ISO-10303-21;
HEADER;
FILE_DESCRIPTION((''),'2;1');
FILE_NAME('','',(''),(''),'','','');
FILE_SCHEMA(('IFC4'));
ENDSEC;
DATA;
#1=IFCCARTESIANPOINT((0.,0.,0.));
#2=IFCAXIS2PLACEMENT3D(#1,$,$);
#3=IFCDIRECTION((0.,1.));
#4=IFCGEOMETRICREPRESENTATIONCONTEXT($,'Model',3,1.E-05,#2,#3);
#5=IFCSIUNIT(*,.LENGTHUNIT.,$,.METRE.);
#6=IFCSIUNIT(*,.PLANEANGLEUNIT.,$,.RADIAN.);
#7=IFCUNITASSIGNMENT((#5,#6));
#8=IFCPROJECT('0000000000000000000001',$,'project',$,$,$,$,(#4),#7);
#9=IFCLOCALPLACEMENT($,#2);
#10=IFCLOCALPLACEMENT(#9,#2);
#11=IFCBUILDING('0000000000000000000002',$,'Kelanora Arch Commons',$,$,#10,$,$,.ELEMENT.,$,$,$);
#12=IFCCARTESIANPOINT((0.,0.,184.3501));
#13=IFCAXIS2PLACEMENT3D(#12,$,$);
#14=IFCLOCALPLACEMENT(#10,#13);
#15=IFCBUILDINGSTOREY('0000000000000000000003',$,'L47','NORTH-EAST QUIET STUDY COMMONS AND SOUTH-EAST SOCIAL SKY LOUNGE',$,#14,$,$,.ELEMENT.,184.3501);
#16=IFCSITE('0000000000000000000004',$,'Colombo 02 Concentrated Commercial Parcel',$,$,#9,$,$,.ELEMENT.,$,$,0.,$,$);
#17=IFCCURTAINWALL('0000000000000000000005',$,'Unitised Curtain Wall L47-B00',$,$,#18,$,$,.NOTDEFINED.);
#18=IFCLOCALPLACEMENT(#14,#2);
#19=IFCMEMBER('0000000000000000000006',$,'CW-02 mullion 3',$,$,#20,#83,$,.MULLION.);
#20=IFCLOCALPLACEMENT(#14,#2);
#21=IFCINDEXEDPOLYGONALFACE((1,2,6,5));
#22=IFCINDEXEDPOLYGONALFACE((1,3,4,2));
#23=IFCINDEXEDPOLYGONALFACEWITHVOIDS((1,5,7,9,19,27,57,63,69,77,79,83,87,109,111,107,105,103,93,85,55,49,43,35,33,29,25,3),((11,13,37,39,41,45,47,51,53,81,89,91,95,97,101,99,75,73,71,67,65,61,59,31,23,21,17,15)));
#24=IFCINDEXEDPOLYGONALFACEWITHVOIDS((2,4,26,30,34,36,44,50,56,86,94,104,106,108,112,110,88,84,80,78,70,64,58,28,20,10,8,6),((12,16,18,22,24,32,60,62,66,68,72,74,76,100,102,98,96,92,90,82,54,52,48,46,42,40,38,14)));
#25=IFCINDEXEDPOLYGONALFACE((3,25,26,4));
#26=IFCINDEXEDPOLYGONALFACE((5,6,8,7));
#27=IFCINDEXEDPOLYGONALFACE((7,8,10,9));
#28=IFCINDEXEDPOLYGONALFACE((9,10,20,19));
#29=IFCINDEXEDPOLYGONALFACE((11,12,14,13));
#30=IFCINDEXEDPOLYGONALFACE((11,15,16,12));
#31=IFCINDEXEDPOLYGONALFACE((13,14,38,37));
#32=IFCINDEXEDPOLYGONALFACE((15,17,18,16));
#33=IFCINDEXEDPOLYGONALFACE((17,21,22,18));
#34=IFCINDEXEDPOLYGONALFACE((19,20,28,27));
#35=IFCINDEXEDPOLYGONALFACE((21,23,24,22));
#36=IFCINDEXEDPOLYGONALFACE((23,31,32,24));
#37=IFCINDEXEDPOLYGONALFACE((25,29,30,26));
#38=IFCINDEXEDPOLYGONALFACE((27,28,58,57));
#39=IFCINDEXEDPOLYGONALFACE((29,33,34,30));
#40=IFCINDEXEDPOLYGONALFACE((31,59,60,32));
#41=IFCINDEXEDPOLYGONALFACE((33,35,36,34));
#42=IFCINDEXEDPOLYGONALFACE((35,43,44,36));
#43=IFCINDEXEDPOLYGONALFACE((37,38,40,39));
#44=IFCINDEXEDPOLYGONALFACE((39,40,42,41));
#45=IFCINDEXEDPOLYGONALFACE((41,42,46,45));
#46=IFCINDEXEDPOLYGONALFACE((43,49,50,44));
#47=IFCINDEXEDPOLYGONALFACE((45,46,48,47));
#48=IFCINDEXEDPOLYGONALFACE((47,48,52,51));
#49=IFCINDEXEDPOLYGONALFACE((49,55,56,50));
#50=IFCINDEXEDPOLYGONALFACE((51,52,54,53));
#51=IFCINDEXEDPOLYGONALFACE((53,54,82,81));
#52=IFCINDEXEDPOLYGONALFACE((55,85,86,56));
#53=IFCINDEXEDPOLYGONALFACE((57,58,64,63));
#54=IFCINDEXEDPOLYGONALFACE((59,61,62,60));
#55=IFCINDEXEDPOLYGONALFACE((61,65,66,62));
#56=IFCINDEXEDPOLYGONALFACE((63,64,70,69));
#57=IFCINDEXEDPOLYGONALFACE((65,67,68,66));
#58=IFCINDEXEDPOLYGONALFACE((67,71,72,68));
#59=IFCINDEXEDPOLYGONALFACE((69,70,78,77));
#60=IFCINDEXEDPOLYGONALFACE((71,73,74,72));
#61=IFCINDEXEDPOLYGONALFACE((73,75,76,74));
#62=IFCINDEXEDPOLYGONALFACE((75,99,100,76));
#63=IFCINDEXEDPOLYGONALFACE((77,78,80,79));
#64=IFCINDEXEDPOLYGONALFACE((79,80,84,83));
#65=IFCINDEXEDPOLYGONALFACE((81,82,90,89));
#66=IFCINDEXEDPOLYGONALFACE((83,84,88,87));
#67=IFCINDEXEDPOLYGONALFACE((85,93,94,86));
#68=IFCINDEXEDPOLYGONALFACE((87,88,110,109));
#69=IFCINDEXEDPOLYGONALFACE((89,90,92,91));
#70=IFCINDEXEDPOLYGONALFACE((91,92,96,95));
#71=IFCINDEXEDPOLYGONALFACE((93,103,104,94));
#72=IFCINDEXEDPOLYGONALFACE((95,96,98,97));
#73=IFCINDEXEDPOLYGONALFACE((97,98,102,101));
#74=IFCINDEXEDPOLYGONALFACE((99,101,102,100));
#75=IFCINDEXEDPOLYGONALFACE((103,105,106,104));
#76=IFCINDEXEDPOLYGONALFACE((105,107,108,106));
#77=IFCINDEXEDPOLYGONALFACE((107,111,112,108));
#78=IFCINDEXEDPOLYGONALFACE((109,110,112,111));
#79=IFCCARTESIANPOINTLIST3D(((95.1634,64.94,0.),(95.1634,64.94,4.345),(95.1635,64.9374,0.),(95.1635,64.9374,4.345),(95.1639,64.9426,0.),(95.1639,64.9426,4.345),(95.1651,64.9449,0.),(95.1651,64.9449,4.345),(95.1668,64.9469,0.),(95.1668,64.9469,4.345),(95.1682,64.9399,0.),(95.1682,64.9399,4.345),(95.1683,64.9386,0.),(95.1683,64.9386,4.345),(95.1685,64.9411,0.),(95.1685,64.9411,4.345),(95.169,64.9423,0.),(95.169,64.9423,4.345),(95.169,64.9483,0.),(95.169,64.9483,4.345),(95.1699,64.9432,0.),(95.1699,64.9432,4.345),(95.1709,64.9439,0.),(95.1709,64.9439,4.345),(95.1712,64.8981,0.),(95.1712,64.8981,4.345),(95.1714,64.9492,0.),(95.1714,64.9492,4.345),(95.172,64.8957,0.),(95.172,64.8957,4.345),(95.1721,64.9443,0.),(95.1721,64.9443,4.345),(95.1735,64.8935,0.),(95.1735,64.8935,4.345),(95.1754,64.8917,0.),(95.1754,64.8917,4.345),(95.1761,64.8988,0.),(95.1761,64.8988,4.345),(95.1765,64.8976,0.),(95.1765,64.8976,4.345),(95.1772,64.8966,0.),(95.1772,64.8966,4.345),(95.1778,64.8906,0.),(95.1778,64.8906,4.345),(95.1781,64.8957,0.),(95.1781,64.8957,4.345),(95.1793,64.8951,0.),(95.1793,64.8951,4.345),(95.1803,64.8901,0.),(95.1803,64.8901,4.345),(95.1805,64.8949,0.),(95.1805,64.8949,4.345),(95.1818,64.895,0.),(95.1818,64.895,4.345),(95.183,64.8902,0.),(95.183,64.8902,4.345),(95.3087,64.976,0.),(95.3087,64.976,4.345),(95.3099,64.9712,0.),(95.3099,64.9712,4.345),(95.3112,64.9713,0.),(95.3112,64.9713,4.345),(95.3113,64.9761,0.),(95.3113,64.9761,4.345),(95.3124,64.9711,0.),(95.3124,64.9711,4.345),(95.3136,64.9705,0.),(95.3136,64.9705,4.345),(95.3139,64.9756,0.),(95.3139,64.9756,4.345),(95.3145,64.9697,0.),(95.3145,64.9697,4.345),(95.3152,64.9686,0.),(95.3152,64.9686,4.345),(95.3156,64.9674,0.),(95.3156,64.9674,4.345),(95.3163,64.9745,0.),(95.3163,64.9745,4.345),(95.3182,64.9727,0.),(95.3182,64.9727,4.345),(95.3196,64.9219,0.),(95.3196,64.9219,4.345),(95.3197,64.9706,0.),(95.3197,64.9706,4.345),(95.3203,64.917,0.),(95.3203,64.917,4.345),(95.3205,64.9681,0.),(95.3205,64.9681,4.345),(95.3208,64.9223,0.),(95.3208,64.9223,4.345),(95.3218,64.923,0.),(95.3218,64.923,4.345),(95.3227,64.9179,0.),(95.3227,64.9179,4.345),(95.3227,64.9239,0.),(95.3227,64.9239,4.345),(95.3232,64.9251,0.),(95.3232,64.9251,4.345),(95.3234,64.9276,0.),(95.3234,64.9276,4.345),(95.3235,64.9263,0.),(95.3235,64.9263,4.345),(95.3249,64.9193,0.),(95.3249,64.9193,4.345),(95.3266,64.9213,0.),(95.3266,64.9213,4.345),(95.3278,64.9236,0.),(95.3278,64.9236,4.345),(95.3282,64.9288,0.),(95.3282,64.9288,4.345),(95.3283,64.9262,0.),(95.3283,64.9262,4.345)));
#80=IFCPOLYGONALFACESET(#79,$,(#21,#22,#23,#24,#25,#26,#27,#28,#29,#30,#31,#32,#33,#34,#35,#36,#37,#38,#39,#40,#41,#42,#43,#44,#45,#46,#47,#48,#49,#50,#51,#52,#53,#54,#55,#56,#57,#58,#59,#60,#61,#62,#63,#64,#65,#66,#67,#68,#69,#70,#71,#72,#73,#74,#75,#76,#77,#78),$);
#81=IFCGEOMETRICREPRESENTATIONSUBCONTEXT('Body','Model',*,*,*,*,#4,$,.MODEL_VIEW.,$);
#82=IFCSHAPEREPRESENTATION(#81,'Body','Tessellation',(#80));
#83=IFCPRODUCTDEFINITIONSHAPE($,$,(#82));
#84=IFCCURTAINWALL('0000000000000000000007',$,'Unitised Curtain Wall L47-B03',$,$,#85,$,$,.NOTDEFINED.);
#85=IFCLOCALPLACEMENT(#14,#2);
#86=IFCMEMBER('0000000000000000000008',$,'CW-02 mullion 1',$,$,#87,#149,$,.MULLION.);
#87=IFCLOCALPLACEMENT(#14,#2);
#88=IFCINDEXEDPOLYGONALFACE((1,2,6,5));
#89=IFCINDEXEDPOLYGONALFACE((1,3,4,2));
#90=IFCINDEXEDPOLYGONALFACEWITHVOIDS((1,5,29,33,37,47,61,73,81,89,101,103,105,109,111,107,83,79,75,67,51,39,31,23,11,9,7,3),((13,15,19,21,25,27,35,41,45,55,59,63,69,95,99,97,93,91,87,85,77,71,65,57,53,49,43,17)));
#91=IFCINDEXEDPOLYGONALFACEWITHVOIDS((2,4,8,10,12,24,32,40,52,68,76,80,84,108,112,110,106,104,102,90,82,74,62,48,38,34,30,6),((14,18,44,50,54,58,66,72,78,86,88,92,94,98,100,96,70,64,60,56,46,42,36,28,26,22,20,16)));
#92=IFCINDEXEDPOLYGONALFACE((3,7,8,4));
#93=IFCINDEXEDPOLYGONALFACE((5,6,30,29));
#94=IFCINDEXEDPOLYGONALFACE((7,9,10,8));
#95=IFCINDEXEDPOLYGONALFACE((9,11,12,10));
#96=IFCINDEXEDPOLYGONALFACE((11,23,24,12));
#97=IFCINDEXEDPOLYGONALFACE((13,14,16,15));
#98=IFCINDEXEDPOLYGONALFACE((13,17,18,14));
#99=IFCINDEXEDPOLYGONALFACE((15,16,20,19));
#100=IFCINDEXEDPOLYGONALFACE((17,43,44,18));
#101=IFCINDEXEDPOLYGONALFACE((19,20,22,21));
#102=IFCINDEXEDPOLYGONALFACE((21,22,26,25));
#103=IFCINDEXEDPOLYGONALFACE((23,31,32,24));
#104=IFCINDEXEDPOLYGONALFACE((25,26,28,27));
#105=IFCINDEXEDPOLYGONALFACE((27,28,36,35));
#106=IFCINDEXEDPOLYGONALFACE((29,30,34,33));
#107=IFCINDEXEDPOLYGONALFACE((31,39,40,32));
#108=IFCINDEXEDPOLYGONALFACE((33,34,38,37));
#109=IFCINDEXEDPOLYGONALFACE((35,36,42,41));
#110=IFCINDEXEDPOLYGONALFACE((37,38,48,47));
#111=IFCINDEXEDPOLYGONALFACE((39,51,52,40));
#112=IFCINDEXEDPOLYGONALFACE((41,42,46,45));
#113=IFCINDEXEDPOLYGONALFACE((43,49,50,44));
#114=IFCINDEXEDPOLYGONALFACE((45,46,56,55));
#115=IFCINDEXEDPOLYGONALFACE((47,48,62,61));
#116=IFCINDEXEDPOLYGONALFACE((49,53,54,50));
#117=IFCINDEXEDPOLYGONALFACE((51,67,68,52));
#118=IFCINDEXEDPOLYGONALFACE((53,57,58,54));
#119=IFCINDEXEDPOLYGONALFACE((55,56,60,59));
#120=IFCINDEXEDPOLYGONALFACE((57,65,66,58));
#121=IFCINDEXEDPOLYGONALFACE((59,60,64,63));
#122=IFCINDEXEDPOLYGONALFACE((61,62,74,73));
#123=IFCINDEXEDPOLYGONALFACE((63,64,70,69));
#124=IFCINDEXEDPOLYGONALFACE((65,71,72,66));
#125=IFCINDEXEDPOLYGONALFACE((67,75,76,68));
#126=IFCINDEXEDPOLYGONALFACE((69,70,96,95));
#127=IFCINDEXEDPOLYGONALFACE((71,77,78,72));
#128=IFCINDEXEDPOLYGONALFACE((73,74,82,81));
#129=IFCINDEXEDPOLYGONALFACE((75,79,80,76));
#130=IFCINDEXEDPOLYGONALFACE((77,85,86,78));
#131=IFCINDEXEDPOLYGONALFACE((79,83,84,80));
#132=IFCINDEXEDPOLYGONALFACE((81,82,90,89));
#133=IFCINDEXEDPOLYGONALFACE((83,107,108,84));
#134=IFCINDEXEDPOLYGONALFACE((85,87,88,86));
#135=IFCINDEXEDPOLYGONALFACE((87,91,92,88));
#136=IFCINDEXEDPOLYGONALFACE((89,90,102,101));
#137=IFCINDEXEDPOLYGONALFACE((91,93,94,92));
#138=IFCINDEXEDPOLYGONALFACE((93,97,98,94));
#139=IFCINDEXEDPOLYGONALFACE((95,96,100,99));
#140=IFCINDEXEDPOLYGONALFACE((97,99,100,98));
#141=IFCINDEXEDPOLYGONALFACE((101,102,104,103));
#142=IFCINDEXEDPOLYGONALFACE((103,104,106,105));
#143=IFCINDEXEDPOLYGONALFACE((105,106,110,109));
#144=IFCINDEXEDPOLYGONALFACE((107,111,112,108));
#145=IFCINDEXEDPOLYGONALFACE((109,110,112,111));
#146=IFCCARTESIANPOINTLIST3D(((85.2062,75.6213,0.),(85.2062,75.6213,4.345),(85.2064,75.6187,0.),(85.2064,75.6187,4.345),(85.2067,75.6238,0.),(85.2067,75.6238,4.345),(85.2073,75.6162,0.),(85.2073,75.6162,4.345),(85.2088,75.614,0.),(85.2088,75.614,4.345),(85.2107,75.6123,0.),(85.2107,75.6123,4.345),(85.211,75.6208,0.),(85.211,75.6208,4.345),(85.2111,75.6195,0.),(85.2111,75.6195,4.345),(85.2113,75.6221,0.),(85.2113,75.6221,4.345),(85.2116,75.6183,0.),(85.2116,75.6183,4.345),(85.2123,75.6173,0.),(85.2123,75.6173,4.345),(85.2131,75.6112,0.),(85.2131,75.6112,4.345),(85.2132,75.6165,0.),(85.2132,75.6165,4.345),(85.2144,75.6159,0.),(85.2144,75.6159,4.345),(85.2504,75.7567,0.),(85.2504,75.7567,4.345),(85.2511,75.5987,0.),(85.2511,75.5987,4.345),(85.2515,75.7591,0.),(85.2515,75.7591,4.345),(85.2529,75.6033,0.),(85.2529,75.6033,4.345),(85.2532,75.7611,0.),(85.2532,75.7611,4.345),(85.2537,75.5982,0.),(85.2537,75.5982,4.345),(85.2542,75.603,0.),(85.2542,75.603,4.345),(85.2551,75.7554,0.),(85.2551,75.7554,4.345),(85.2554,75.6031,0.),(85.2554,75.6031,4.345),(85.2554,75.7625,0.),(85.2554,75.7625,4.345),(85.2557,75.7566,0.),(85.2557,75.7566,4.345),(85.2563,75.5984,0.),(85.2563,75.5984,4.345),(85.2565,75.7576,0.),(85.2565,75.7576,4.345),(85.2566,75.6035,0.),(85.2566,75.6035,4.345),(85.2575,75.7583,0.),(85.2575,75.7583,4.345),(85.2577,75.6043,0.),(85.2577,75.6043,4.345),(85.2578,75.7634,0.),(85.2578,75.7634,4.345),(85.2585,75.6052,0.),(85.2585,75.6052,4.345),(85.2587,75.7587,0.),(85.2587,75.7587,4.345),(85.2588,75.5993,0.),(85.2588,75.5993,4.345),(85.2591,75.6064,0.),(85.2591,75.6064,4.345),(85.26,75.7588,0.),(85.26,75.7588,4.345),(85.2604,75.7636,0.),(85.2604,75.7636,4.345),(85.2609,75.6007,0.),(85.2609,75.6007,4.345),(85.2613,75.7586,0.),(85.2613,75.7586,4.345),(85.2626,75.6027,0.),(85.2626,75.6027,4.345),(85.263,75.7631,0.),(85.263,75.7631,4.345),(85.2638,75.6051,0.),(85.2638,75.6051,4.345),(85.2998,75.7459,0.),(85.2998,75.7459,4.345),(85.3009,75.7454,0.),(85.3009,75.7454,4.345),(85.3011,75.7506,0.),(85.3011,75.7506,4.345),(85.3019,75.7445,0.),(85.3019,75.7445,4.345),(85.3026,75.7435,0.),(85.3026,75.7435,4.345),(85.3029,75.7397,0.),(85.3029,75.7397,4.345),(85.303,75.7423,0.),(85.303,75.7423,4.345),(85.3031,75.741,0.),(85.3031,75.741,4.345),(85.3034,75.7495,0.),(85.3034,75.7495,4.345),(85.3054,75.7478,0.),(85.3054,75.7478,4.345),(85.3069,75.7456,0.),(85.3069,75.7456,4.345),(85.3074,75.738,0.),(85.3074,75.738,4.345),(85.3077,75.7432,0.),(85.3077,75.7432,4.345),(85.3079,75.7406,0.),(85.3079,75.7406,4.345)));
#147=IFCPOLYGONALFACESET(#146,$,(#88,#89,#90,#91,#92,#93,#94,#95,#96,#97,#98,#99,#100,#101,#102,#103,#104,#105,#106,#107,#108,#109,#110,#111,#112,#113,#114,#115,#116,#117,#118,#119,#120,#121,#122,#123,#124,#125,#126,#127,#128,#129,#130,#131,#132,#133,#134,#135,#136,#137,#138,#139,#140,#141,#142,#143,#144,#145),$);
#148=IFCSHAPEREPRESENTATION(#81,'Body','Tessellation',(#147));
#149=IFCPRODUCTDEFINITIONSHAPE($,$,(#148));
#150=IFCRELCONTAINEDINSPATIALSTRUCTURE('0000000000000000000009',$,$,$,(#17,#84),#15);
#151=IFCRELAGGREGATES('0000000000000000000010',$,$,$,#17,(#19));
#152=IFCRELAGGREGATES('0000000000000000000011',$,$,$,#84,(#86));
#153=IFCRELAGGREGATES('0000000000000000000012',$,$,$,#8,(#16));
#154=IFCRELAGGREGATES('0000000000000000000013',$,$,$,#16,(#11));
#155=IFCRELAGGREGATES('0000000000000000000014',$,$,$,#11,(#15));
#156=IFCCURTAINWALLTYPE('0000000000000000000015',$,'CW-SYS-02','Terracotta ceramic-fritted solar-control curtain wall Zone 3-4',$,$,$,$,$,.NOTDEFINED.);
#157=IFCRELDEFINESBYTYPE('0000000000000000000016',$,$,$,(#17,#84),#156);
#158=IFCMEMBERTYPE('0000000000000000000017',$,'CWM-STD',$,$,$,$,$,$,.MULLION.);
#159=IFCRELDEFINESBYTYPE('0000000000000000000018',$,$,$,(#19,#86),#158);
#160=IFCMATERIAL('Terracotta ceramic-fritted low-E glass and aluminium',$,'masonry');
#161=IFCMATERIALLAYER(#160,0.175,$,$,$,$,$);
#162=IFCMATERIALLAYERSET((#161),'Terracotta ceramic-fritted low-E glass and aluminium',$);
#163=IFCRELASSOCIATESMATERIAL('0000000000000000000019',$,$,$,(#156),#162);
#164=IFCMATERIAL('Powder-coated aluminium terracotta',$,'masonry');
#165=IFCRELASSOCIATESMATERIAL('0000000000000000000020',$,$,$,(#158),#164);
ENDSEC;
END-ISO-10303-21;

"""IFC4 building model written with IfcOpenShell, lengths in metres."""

from ifc_helpers import new_model, si_unit, direction, frame, origin, origin_2d, place, context, subcontext, project, spatial, hollow_rectangle, extrude, material, layer, layer_set, material_profile, profile_set, type_object, element, aggregate, save


model = new_model("IFC4")

# Units and contexts
model_context = context("Model", 3, precision=1e-05, world=origin(), true_north=direction((0.0, 1.0)))
body_context = subcontext(model_context, "Body", "Model", "MODEL_VIEW")
ifc_project = project(units=[si_unit("LENGTHUNIT", "METRE"), si_unit("PLANEANGLEUNIT", "RADIAN")], contexts=[model_context])

# Site, building, storey
site_placement = place(None, origin())
site = spatial("IfcSite", under=ifc_project, at=site_placement, Name="Colombo 02 Concentrated Commercial Parcel", CompositionType="ELEMENT", RefElevation=0.0)
building_placement = place(site_placement, origin())
building = spatial("IfcBuilding", under=site, at=building_placement, Name="Kelanora Arch Commons", CompositionType="ELEMENT")
storey_placement = place(building_placement, frame((0.0, 0.0, 184.3501)))
storey = spatial("IfcBuildingStorey", under=building, at=storey_placement, Name="L47", Description="NORTH-EAST QUIET STUDY COMMONS AND SOUTH-EAST SOCIAL SKY LOUNGE", CompositionType="ELEMENT", Elevation=184.3501)

# Curtain wall, member
ifc_material_1 = material(Name="Terracotta ceramic-fritted low-E glass and aluminium", Category="masonry")
ifc_layer_1 = layer(ifc_material_1, 0.175)
ifc_layer_set_1 = layer_set([ifc_layer_1], Name="Terracotta ceramic-fritted low-E glass and aluminium")
curtain_wall_type = type_object("IfcCurtainWallType", Name="CW-SYS-02", Description="Terracotta ceramic-fritted solar-control curtain wall Zone 3-4", PredefinedType="NOTDEFINED", material=ifc_layer_set_1)
curtain_wall_1_placement = place(storey_placement, origin())
curtain_wall_1 = element("IfcCurtainWall", 1, at=curtain_wall_1_placement, inside=storey, type_object=curtain_wall_type, Name="Unitised Curtain Wall L47-B00", PredefinedType="NOTDEFINED")
ifc_material_2 = material(Name="Powder-coated aluminium terracotta", Category="masonry")
ifc_material_profile_1 = material_profile(ifc_material_2, hollow_rectangle(XDim=0.1599, YDim=0.0601, WallThickness=0.0049, InnerFilletRadius=0.0049, OuterFilletRadius=0.01, at=origin_2d()), Name="CWM160x60")
ifc_profile_set_1 = profile_set([ifc_material_profile_1], Name="Powder-coated aluminium terracotta")
member_type_1 = type_object("IfcMemberType", Name="CWM-STD", PredefinedType="MULLION", material=ifc_profile_set_1)
member_1_placement = place(storey_placement, frame((95.2458, 64.9331, 0.0), z_axis=(0.0, 0.0, 1.0), x_axis=(-0.981453, -0.191705, 0.0)))
member_1 = element("IfcMember", 2, at=member_1_placement, type_object=member_type_1, Name="CW-02 mullion 3", PredefinedType="MULLION", context=body_context, shape_type="SweptSolid", body=[
    extrude(hollow_rectangle(XDim=0.1599, YDim=0.0601, WallThickness=0.0049, InnerFilletRadius=0.0049, OuterFilletRadius=0.01, at=origin_2d()), origin(), (0.0, 0.0, 1.0), 4.345),
])
aggregate(curtain_wall_1, [member_1])

# Curtain wall, member
curtain_wall_2_placement = place(storey_placement, origin())
curtain_wall_2 = element("IfcCurtainWall", 3, at=curtain_wall_2_placement, inside=storey, type_object=curtain_wall_type, Name="Unitised Curtain Wall L47-B03", PredefinedType="NOTDEFINED")
member_2_placement = place(storey_placement, frame((85.2571, 75.6809, 0.0), z_axis=(0.0, 0.0, 1.0), x_axis=(-0.312128, -0.95004, 0.0)))
member_2 = element("IfcMember", 4, at=member_2_placement, type_object=member_type_1, Name="CW-02 mullion 1", PredefinedType="MULLION", context=body_context, shape_type="SweptSolid", body=[
    extrude(hollow_rectangle(XDim=0.1599, YDim=0.0601, WallThickness=0.0049, InnerFilletRadius=0.0049, OuterFilletRadius=0.01, at=origin_2d()), origin(), (0.0, 0.0, 1.0), 4.345),
])
aggregate(curtain_wall_2, [member_2])

save(model, "model.ifc")
